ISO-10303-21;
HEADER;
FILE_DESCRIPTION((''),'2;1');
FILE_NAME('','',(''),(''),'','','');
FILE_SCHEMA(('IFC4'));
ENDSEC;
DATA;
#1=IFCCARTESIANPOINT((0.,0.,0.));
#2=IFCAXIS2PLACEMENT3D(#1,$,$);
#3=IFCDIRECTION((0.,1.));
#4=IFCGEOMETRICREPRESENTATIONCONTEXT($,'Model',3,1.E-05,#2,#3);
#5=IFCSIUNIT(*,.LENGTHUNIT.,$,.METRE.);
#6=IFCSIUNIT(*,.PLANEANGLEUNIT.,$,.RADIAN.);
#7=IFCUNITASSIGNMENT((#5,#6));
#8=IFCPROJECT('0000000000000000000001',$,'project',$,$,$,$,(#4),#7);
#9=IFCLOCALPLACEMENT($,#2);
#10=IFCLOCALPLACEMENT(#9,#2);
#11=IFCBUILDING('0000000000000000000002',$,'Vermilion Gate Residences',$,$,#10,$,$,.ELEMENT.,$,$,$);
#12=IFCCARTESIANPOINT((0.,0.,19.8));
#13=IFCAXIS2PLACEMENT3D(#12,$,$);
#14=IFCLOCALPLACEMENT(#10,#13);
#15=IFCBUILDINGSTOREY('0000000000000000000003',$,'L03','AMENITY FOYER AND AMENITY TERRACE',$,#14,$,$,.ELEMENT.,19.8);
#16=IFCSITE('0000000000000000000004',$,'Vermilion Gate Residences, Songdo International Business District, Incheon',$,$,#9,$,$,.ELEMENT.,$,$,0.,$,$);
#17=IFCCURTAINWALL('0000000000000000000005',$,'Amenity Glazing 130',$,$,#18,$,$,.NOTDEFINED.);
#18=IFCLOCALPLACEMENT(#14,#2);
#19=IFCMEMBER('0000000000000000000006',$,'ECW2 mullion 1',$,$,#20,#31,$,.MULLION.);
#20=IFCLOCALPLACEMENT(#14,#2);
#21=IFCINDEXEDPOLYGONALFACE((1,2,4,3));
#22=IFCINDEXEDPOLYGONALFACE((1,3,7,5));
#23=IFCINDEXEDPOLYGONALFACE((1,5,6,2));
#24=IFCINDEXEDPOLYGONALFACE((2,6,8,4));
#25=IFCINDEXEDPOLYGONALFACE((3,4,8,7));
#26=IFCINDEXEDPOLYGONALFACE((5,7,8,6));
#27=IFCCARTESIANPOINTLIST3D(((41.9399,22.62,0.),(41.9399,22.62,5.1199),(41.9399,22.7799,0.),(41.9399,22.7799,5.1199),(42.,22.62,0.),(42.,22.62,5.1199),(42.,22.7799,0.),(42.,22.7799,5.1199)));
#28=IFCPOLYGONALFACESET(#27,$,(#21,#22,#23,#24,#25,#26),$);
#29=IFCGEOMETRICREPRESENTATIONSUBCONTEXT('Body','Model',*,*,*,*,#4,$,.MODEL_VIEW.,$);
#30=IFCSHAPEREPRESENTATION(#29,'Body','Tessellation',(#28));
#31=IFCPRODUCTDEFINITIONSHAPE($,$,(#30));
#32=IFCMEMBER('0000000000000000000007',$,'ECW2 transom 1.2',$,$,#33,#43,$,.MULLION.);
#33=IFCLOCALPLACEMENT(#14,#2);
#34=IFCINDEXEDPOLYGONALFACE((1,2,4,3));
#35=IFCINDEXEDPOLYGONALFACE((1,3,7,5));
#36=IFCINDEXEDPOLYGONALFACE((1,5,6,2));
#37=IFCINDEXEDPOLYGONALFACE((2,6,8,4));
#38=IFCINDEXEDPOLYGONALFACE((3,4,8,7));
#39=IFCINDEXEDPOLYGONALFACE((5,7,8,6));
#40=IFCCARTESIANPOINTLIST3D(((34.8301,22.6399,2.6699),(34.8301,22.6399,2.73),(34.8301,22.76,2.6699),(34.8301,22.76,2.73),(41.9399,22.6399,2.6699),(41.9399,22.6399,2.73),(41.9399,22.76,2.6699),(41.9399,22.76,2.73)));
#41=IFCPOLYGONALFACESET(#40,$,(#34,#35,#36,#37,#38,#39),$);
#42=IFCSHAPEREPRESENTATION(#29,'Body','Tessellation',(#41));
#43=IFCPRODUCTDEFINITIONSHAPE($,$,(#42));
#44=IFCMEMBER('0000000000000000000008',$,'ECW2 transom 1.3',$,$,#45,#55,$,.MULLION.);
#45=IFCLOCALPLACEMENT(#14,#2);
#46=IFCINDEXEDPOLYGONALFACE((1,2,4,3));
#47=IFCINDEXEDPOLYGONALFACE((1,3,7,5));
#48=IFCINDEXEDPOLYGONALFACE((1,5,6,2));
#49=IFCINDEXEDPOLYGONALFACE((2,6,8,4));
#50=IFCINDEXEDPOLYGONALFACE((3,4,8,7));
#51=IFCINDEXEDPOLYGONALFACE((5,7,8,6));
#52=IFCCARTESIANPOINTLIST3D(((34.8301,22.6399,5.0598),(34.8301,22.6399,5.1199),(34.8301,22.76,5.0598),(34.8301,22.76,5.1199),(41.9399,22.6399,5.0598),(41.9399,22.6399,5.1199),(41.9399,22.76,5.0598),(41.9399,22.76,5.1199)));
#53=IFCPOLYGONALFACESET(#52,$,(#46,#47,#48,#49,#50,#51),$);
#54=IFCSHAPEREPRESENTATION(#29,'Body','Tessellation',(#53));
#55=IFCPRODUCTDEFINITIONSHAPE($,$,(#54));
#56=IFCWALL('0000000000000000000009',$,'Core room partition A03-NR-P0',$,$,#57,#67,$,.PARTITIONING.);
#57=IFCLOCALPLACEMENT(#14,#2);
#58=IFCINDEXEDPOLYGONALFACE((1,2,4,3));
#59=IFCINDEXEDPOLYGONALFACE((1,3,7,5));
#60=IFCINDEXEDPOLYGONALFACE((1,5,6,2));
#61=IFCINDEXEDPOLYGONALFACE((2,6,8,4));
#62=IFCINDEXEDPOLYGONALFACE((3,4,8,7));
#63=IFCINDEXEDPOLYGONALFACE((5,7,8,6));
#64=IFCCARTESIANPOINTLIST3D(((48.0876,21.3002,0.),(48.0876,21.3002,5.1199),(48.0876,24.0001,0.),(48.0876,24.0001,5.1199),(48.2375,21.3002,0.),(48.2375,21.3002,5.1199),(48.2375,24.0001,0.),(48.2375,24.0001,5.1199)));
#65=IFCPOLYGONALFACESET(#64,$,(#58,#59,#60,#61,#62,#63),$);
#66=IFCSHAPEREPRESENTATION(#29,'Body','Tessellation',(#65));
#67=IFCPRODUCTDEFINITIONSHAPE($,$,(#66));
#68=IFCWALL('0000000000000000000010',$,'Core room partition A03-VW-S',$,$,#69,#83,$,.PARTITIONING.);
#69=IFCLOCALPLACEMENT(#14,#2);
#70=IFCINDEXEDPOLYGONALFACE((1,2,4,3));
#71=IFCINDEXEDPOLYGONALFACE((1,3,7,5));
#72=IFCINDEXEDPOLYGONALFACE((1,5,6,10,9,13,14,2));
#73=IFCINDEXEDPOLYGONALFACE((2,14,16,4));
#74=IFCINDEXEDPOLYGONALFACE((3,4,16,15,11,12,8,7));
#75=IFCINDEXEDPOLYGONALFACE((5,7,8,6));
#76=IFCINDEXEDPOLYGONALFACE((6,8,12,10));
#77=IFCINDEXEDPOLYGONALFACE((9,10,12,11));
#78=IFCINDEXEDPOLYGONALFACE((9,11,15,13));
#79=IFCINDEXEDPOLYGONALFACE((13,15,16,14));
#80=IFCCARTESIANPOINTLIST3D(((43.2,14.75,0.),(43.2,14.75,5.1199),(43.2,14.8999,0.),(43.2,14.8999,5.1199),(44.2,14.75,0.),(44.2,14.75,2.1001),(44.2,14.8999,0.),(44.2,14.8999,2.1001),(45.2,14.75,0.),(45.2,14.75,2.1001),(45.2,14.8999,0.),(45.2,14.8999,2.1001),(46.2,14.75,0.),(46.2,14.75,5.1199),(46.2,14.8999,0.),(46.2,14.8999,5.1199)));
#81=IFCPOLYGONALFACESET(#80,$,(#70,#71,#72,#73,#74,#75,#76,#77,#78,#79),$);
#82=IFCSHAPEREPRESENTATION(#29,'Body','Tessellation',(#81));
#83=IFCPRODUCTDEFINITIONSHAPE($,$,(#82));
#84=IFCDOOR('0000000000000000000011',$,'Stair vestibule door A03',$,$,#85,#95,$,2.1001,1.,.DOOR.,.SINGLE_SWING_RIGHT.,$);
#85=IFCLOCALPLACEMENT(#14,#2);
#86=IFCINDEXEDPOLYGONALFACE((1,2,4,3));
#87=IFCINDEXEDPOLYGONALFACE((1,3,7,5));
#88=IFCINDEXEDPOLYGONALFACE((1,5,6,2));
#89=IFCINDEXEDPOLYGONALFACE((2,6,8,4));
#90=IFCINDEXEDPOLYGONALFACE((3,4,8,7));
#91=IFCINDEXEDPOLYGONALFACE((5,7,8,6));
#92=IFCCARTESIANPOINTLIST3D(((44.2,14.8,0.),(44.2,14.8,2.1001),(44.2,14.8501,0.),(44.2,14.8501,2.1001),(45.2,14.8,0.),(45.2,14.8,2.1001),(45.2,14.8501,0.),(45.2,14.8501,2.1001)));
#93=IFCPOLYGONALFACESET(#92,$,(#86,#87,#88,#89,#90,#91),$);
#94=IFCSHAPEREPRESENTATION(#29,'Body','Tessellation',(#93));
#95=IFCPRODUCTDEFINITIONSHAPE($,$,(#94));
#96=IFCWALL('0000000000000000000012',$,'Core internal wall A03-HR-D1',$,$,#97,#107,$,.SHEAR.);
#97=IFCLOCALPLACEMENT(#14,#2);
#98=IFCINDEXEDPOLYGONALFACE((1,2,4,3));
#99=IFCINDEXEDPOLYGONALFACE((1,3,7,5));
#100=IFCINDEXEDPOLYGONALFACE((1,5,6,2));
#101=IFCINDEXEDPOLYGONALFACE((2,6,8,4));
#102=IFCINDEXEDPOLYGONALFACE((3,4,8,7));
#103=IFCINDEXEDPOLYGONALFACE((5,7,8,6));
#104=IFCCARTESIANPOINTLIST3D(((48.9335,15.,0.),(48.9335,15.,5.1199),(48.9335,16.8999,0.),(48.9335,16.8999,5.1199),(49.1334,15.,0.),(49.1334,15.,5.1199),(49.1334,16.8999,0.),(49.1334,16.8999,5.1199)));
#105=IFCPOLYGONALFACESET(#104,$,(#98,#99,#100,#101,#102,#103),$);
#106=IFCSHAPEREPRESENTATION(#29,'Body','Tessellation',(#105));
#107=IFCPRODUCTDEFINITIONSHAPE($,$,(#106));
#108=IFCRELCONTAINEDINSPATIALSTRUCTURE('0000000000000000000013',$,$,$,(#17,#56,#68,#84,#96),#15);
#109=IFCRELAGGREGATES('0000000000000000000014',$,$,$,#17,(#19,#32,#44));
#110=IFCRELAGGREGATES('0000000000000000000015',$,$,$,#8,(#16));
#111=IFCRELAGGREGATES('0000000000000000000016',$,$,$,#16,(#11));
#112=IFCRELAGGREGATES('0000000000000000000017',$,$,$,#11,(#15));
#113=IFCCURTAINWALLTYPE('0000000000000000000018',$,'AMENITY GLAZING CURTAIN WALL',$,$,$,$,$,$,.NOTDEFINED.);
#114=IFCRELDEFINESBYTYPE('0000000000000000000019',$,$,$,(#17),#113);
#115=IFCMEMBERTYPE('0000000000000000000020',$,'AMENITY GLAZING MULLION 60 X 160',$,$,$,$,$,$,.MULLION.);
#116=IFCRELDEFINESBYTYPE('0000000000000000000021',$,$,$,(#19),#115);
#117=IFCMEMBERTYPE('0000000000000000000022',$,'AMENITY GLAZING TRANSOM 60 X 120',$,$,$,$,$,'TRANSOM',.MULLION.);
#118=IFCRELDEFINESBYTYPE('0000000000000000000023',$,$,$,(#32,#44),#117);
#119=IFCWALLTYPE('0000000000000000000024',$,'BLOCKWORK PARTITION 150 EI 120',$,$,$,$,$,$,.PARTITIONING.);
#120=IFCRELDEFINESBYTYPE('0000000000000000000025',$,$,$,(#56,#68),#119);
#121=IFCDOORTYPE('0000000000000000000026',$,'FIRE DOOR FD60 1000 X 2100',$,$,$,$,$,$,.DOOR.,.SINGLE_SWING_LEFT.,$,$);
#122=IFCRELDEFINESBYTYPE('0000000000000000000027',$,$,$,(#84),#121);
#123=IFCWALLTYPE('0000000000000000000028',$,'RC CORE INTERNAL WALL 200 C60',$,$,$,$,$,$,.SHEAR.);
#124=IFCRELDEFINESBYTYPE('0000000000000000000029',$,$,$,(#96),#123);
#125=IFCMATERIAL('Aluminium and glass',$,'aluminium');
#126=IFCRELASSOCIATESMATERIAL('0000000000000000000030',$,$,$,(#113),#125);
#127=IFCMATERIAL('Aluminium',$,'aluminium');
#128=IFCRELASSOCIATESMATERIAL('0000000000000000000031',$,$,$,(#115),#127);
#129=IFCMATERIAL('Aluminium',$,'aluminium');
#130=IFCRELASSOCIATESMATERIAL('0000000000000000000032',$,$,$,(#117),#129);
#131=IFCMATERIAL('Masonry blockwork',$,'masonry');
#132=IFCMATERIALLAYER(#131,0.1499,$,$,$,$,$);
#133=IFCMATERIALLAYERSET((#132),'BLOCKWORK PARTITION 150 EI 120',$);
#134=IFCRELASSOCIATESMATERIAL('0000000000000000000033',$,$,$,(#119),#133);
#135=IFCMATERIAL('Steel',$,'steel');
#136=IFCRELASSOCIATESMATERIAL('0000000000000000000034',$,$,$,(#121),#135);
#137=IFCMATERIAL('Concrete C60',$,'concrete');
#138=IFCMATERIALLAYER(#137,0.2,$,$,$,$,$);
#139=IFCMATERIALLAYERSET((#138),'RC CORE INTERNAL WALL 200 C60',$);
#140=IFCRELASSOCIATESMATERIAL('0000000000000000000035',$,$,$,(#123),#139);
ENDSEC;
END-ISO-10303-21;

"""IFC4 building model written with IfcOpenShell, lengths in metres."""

from ifc_helpers import new_model, si_unit, direction, frame, frame_2d, origin, origin_2d, place, context, subcontext, project, spatial, rectangle, extrude, material, layer, layer_set, material_profile, profile_set, type_object, element, fill, aggregate, save


model = new_model("IFC4")

# Units and contexts
model_context = context("Model", 3, precision=1e-05, world=origin(), true_north=direction((0.0, 1.0)))
body_context = subcontext(model_context, "Body", "Model", "MODEL_VIEW")
ifc_project = project(units=[si_unit("LENGTHUNIT", "METRE"), si_unit("PLANEANGLEUNIT", "RADIAN")], contexts=[model_context])

# Site, building, storey
site_placement = place(None, origin())
site = spatial("IfcSite", under=ifc_project, at=site_placement, Name="Vermilion Gate Residences, Songdo International Business District, Incheon", CompositionType="ELEMENT", RefElevation=0.0)
building_placement = place(site_placement, origin())
building = spatial("IfcBuilding", under=site, at=building_placement, Name="Vermilion Gate Residences", CompositionType="ELEMENT")
storey_placement = place(building_placement, frame((0.0, 0.0, 19.8)))
storey = spatial("IfcBuildingStorey", under=building, at=storey_placement, Name="L03", Description="AMENITY FOYER AND AMENITY TERRACE", CompositionType="ELEMENT", Elevation=19.8)

# Curtain wall, members
ifc_material_1 = material(Name="Aluminium and glass", Category="aluminium")
curtain_wall_type = type_object("IfcCurtainWallType", Name="AMENITY GLAZING CURTAIN WALL", PredefinedType="NOTDEFINED", material=ifc_material_1)
curtain_wall_placement = place(storey_placement, origin())
curtain_wall = element("IfcCurtainWall", 1, at=curtain_wall_placement, inside=storey, type_object=curtain_wall_type, Name="Amenity Glazing 130", PredefinedType="NOTDEFINED")
ifc_material_2 = material(Name="Aluminium", Category="aluminium")
ifc_material_profile_1 = material_profile(ifc_material_2, rectangle(XDim=0.1599, YDim=0.0601, at=origin_2d()), Name="MULLION 60 X 160")
ifc_profile_set_1 = profile_set([ifc_material_profile_1], Name="Aluminium")
member_type_1 = type_object("IfcMemberType", Name="AMENITY GLAZING MULLION 60 X 160", PredefinedType="MULLION", material=ifc_profile_set_1)
member_1_placement = place(storey_placement, frame((41.97, 22.7, 0.0), z_axis=(0.0, 0.0, 1.0), x_axis=(0.0, -1.0, 0.0)))
member_1 = element("IfcMember", 2, at=member_1_placement, type_object=member_type_1, Name="ECW2 mullion 1", PredefinedType="MULLION", context=body_context, shape_type="SweptSolid", body=[
    extrude(rectangle(XDim=0.1599, YDim=0.0601, at=origin_2d()), origin(), (0.0, 0.0, 1.0), 5.1199),
])
ifc_material_3 = material(Name="Aluminium", Category="aluminium")
ifc_material_profile_2 = material_profile(ifc_material_3, rectangle(XDim=0.1201, YDim=0.0601, at=origin_2d()), Name="TRANSOM 60 X 120")
ifc_profile_set_2 = profile_set([ifc_material_profile_2], Name="Aluminium")
member_type_2 = type_object("IfcMemberType", Name="AMENITY GLAZING TRANSOM 60 X 120", ElementType="TRANSOM", PredefinedType="MULLION", material=ifc_profile_set_2)
member_2_placement = place(storey_placement, frame((41.9399, 22.7, 2.7), z_axis=(-1.0, 0.0, 0.0), x_axis=(0.0, -1.0, 0.0)))
member_2 = element("IfcMember", 3, at=member_2_placement, type_object=member_type_2, Name="ECW2 transom 1.2", PredefinedType="MULLION", context=body_context, shape_type="SweptSolid", body=[
    extrude(rectangle(XDim=0.1201, YDim=0.0601, at=origin_2d()), origin(), (0.0, 0.0, 1.0), 7.1099),
])
member_3_placement = place(storey_placement, frame((41.9399, 22.7, 5.0898), z_axis=(-1.0, 0.0, 0.0), x_axis=(0.0, -1.0, 0.0)))
member_3 = element("IfcMember", 4, at=member_3_placement, type_object=member_type_2, Name="ECW2 transom 1.3", PredefinedType="MULLION", context=body_context, shape_type="SweptSolid", body=[
    extrude(rectangle(XDim=0.1201, YDim=0.0601, at=origin_2d()), origin(), (0.0, 0.0, 1.0), 7.1099),
])
aggregate(curtain_wall, [member_1, member_2, member_3])

# Wall
ifc_material_4 = material(Name="Masonry blockwork", Category="masonry")
ifc_layer_1 = layer(ifc_material_4, 0.1499)
ifc_layer_set_1 = layer_set([ifc_layer_1], Name="BLOCKWORK PARTITION 150 EI 120")
wall_type_1 = type_object("IfcWallType", Name="BLOCKWORK PARTITION 150 EI 120", PredefinedType="PARTITIONING", material=ifc_layer_set_1)
wall_1_placement = place(storey_placement, frame((48.1626, 21.3, 0.0), z_axis=(0.0, 0.0, 1.0), x_axis=(0.0, 1.0, 0.0)))
element("IfcWall", 5, at=wall_1_placement, inside=storey, type_object=wall_type_1, Name="Core room partition A03-NR-P0", PredefinedType="PARTITIONING", context=body_context, shape_type="SweptSolid", body=[
    extrude(rectangle(XDim=2.7, YDim=0.1499, at=frame_2d((1.3501, 0.0))), origin(), (0.0, 0.0, 1.0), 5.1199),
])

# Wall, opening, door
wall_2_placement = place(storey_placement, frame((43.2, 14.825, 0.0), z_axis=(0.0, 0.0, 1.0), x_axis=(1.0, 0.0, 0.0)))
wall_2 = element("IfcWall", 6, at=wall_2_placement, inside=storey, type_object=wall_type_1, Name="Core room partition A03-VW-S", PredefinedType="PARTITIONING", context=body_context, shape_type="SweptSolid", body=[
    extrude(rectangle(XDim=3.0, YDim=0.1499, at=frame_2d((1.5, 0.0))), origin(), (0.0, 0.0, 1.0), 5.1199),
])
opening_1_placement = place(wall_2_placement, frame((1.0, 0.0, 0.0)))
opening_1 = element("IfcOpeningElement", 7, at=opening_1_placement, cuts=wall_2, PredefinedType="OPENING", context=body_context, shape_type="SweptSolid", body=[
    extrude(rectangle(XDim=1.0, YDim=2.1001, at=frame_2d((0.5, 1.05))), frame((0.0, 0.085, 0.0), z_axis=(0.0, -1.0, 0.0), x_axis=(1.0, 0.0, 0.0)), (0.0, 0.0, 1.0), 0.1699),
])
ifc_material_5 = material(Name="Steel", Category="steel")
door_type_1 = type_object("IfcDoorType", Name="FIRE DOOR FD60 1000 X 2100", OperationType="SINGLE_SWING_LEFT", PredefinedType="DOOR", material=ifc_material_5)
door_1_placement = place(opening_1_placement, frame((1.0, 0.0, 0.0), z_axis=(0.0, 0.0, 1.0), x_axis=(-1.0, 0.0, 0.0)))
door_1 = element("IfcDoor", 8, at=door_1_placement, inside=storey, type_object=door_type_1, Name="Stair vestibule door A03", OperationType="SINGLE_SWING_RIGHT", OverallHeight=2.1001, OverallWidth=1.0, PredefinedType="DOOR", context=body_context, shape_type="SweptSolid", body=[
    extrude(rectangle(XDim=1.0, YDim=2.1001, at=frame_2d((0.5, 1.05))), frame((0.0, 0.0249, 0.0), z_axis=(0.0, -1.0, 0.0), x_axis=(1.0, 0.0, 0.0)), (0.0, 0.0, 1.0), 0.05),
])
fill(opening_1, door_1)

# Wall
ifc_material_6 = material(Name="Concrete C60", Category="concrete")
ifc_layer_2 = layer(ifc_material_6, 0.2)
ifc_layer_set_2 = layer_set([ifc_layer_2], Name="RC CORE INTERNAL WALL 200 C60")
wall_type_2 = type_object("IfcWallType", Name="RC CORE INTERNAL WALL 200 C60", PredefinedType="SHEAR", material=ifc_layer_set_2)
wall_3_placement = place(storey_placement, frame((49.0334, 15.0, 0.0), z_axis=(0.0, 0.0, 1.0), x_axis=(0.0, 1.0, 0.0)))
element("IfcWall", 9, at=wall_3_placement, inside=storey, type_object=wall_type_2, Name="Core internal wall A03-HR-D1", PredefinedType="SHEAR", context=body_context, shape_type="SweptSolid", body=[
    extrude(rectangle(XDim=1.8999, YDim=0.2, at=frame_2d((0.95, 0.0))), origin(), (0.0, 0.0, 1.0), 5.1199),
])

save(model, "model.ifc")
